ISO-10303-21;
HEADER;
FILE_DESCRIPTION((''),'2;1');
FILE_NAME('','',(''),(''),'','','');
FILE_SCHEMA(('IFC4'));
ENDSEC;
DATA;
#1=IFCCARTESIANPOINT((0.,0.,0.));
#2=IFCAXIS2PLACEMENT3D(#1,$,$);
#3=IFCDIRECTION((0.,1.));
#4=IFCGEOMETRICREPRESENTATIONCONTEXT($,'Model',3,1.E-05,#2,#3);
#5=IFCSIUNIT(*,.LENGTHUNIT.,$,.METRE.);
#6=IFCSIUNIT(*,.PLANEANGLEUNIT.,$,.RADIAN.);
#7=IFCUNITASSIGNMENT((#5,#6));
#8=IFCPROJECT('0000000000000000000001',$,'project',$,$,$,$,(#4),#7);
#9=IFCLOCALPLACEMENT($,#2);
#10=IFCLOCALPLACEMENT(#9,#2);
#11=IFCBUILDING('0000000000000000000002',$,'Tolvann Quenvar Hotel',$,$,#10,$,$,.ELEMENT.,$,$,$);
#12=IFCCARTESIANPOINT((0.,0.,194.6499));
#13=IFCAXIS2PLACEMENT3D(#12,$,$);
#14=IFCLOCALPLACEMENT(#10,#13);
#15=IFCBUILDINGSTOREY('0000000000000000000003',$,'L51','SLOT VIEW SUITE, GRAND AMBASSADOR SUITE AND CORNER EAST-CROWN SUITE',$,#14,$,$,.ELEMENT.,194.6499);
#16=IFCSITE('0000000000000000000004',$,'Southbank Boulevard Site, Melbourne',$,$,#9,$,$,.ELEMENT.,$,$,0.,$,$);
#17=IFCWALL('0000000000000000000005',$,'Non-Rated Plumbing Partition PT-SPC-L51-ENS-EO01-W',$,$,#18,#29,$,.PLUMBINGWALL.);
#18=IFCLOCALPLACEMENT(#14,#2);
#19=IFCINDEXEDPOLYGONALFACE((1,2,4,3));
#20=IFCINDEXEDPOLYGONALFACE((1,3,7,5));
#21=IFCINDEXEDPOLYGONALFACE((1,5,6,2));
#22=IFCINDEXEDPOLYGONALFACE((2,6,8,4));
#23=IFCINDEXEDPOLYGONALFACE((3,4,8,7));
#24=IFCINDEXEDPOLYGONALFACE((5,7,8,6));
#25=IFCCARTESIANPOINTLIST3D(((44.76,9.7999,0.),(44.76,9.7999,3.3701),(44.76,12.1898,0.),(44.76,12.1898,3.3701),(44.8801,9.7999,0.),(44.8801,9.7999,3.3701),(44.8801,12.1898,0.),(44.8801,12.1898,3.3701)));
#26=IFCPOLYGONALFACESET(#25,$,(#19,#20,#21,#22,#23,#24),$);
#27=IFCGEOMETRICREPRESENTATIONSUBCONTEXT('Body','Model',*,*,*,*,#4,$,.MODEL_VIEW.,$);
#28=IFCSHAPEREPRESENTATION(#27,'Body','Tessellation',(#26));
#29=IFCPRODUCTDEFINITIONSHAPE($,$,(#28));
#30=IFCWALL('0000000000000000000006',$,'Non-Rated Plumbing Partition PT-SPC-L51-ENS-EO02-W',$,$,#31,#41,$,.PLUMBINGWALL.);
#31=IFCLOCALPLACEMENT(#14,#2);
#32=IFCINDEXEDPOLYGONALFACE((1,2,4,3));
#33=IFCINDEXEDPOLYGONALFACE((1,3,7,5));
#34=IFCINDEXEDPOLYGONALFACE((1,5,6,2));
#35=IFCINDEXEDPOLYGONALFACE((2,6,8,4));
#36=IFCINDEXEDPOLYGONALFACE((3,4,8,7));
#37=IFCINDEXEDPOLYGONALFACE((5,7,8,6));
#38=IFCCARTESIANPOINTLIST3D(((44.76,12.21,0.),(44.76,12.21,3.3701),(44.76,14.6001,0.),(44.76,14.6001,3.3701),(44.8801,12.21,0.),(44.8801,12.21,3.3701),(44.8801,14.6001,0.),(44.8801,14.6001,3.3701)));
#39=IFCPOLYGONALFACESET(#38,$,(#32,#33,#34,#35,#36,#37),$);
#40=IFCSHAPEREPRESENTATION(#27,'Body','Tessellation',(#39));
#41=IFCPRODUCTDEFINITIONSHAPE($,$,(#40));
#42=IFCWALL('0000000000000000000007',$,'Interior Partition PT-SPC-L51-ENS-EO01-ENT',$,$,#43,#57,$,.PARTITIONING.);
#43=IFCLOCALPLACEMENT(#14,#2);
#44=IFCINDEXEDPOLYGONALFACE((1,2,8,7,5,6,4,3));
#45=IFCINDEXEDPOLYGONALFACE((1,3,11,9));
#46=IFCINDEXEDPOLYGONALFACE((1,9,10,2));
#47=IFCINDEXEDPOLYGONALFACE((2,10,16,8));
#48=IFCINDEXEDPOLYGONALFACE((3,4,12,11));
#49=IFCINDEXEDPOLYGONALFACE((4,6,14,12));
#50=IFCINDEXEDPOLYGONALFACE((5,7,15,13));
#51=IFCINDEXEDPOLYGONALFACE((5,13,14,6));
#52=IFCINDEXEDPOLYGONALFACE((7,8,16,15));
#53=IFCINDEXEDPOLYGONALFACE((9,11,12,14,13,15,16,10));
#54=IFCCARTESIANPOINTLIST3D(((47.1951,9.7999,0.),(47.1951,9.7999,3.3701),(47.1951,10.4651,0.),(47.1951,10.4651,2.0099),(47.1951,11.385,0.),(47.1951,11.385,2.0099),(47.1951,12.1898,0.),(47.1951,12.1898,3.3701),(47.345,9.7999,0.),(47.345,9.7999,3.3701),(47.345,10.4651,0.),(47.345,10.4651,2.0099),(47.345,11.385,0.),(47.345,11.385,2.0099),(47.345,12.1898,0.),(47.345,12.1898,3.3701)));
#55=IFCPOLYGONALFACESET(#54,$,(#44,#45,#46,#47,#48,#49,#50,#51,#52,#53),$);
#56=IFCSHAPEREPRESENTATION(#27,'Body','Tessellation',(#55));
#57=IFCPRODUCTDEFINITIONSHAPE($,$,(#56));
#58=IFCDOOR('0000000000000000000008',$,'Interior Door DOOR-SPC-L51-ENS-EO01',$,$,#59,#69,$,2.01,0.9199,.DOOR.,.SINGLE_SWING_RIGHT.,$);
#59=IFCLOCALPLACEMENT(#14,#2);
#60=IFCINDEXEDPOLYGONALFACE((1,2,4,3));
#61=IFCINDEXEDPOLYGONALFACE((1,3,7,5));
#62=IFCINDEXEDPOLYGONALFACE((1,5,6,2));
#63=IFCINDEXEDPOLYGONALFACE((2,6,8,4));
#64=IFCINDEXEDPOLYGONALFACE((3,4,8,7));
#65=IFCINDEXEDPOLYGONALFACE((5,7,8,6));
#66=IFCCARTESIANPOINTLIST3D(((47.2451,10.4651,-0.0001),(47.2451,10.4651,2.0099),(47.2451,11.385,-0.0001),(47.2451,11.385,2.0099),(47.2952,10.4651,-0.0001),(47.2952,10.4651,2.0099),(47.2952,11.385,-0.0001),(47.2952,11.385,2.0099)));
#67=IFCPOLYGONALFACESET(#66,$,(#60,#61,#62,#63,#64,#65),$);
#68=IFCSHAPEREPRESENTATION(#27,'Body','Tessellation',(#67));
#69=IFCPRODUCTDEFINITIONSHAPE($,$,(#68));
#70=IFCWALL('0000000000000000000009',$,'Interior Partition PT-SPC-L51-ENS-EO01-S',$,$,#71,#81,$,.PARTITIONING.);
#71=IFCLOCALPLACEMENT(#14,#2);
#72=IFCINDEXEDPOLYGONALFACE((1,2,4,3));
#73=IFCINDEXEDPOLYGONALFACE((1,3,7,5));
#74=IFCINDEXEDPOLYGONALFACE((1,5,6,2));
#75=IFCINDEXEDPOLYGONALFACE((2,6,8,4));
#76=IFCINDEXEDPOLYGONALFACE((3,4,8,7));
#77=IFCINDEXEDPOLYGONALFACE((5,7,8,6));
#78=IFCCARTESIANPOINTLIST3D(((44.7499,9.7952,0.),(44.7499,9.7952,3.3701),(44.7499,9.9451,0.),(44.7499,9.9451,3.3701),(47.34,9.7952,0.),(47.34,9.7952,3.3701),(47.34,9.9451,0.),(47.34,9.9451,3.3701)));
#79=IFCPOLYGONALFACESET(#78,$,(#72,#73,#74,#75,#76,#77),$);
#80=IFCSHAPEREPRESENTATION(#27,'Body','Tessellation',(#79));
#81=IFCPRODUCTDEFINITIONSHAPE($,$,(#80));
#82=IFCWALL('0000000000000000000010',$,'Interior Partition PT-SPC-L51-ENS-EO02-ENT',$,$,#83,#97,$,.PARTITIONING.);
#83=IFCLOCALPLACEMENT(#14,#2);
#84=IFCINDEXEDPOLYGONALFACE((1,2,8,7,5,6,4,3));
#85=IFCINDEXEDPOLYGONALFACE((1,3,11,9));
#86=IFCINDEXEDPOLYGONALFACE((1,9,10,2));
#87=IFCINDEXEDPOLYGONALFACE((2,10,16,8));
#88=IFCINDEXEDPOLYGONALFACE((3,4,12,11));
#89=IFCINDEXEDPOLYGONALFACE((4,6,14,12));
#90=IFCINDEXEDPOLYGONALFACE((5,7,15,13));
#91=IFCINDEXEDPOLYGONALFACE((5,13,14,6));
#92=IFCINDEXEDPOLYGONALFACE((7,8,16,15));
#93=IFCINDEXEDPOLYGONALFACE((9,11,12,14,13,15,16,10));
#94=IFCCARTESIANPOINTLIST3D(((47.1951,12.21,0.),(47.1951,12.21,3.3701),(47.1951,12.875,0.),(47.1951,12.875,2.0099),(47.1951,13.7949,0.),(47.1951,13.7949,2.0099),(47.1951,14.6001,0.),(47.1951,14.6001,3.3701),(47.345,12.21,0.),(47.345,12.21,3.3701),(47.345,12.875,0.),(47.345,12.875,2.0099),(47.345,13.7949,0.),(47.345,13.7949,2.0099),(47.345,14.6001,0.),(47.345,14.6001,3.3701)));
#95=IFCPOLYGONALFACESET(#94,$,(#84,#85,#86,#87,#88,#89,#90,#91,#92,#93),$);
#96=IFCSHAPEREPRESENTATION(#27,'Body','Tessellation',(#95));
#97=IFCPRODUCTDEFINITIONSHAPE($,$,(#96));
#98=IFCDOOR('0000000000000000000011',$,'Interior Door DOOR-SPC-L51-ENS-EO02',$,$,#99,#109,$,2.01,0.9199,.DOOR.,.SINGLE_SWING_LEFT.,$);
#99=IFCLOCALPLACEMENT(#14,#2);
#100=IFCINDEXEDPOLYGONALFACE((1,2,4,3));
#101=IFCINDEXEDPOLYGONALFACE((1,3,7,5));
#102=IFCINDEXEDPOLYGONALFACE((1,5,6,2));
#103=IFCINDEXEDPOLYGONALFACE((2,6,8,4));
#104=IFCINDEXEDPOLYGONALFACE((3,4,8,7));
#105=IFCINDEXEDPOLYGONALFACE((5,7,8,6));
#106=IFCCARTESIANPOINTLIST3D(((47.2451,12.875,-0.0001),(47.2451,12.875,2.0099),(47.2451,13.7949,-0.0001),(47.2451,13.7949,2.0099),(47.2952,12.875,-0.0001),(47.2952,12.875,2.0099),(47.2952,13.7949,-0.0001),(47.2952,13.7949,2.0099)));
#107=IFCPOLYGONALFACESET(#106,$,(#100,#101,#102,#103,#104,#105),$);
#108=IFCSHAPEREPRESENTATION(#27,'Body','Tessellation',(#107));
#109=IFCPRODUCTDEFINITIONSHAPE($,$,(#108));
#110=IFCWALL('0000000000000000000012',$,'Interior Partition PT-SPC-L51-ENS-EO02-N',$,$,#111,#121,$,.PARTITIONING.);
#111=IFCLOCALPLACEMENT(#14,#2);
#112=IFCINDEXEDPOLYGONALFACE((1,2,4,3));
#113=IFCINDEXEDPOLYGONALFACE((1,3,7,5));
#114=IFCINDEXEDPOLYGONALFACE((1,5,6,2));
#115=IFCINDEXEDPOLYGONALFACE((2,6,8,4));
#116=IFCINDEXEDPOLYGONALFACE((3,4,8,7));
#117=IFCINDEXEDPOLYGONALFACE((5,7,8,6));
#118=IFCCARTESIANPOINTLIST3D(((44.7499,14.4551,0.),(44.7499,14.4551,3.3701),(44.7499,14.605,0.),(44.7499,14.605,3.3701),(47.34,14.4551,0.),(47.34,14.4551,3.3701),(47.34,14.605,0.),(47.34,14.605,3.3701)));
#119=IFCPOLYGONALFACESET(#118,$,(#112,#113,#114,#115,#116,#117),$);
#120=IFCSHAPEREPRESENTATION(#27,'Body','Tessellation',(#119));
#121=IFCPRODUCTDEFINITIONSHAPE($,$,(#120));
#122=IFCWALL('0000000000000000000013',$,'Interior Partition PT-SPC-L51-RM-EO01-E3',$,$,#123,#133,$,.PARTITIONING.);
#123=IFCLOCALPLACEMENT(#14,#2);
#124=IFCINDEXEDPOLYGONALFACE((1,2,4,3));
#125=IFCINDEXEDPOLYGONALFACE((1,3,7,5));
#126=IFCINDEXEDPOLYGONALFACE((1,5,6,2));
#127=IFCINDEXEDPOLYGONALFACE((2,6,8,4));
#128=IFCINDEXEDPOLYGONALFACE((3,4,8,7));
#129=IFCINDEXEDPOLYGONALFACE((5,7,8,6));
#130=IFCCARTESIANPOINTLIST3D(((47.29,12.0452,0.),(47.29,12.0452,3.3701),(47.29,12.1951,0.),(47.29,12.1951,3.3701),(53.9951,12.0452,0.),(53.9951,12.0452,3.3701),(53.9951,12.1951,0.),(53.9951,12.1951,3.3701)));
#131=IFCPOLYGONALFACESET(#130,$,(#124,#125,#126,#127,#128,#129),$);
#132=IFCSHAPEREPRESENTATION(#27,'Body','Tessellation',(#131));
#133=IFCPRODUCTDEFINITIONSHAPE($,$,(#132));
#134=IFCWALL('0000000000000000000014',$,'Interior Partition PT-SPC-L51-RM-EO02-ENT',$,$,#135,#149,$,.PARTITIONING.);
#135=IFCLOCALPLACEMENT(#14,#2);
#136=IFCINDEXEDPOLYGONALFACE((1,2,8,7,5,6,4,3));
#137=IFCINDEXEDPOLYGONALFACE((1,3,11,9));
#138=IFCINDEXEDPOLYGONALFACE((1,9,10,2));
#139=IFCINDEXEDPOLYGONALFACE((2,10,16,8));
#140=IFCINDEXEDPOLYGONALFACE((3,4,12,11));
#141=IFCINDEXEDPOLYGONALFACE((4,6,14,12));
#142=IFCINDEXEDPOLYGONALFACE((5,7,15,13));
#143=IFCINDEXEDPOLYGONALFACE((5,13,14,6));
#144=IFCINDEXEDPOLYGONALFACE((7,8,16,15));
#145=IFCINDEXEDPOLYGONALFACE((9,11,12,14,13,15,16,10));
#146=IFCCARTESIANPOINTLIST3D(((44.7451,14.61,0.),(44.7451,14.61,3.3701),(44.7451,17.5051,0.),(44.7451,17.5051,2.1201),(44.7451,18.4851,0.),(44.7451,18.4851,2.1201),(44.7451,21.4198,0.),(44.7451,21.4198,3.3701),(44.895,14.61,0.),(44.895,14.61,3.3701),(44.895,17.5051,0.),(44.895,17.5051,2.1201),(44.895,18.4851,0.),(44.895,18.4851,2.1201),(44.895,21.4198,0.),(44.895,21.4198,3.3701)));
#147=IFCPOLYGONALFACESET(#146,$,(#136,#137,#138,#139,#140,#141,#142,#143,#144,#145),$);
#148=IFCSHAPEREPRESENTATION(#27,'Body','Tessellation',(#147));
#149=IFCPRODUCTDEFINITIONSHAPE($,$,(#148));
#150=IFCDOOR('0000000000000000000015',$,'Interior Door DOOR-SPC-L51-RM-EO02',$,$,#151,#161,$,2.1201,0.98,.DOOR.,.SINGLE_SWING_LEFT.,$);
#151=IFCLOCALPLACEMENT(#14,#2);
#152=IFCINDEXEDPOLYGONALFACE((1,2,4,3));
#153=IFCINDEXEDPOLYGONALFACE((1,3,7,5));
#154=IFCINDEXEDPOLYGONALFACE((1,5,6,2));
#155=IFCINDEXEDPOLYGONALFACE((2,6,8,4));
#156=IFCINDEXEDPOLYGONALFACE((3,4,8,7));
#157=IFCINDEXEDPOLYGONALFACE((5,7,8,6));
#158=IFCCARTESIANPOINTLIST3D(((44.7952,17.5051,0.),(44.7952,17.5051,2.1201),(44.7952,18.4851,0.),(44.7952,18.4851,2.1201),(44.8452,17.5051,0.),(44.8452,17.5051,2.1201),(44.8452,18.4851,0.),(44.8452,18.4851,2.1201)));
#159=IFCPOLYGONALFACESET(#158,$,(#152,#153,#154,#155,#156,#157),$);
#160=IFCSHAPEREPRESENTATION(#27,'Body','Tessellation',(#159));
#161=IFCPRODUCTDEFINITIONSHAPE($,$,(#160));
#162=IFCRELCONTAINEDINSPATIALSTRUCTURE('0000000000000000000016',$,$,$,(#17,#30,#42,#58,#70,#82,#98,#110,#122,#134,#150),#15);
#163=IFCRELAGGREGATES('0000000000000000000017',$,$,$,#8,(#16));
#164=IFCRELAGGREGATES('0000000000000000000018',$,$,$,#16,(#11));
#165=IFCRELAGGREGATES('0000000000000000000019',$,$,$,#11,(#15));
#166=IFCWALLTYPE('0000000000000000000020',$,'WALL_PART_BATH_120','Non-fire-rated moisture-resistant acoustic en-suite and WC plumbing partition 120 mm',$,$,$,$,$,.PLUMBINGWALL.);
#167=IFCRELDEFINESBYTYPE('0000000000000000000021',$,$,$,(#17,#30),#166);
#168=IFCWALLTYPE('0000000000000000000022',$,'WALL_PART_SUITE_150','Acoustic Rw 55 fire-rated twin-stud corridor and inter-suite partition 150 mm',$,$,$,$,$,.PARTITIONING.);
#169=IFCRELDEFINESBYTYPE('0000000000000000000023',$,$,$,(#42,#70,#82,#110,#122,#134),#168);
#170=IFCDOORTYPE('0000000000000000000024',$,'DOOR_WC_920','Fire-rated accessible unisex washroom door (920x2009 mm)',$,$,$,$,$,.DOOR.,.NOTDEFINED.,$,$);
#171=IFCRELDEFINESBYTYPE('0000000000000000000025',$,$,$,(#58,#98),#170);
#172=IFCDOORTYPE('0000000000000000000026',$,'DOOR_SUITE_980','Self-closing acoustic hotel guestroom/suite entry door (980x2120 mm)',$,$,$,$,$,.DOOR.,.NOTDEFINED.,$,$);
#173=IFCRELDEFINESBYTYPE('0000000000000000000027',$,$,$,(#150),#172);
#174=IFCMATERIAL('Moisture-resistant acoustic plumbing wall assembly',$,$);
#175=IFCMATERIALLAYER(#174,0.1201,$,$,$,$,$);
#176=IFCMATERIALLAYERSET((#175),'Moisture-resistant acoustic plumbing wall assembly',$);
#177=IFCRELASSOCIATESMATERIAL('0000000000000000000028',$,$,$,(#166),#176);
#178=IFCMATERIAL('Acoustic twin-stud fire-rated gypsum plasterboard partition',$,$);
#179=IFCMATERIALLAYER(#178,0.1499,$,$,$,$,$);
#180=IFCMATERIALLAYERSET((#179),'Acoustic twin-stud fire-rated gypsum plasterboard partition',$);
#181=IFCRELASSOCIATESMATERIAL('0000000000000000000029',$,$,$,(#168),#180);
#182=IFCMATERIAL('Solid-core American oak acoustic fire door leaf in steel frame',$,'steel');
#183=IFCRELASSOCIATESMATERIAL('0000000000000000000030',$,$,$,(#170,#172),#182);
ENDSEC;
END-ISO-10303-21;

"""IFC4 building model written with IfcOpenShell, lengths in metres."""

from ifc_helpers import new_model, si_unit, direction, frame, frame_2d, origin, place, context, subcontext, project, spatial, rectangle, extrude, source, transform, mapped, material, layer, layer_set, type_object, type_shapes, element, fill, save


model = new_model("IFC4")

# Units and contexts
model_context = context("Model", 3, precision=1e-05, world=origin(), true_north=direction((0.0, 1.0)))
body_context = subcontext(model_context, "Body", "Model", "MODEL_VIEW")
ifc_project = project(units=[si_unit("LENGTHUNIT", "METRE"), si_unit("PLANEANGLEUNIT", "RADIAN")], contexts=[model_context])

# Site, building, storey
site_placement = place(None, origin())
site = spatial("IfcSite", under=ifc_project, at=site_placement, Name="Southbank Boulevard Site, Melbourne", CompositionType="ELEMENT", RefElevation=0.0)
building_placement = place(site_placement, origin())
building = spatial("IfcBuilding", under=site, at=building_placement, Name="Tolvann Quenvar Hotel", CompositionType="ELEMENT")
storey_placement = place(building_placement, frame((0.0, 0.0, 194.6499)))
storey = spatial("IfcBuildingStorey", under=building, at=storey_placement, Name="L51", Description="SLOT VIEW SUITE, GRAND AMBASSADOR SUITE AND CORNER EAST-CROWN SUITE", CompositionType="ELEMENT", Elevation=194.6499)

# Walls
ifc_material_1 = material(Name="Moisture-resistant acoustic plumbing wall assembly")
ifc_layer_1 = layer(ifc_material_1, 0.1201)
ifc_layer_set_1 = layer_set([ifc_layer_1], Name="Moisture-resistant acoustic plumbing wall assembly")
wall_type_1 = type_object("IfcWallType", Name="WALL_PART_BATH_120", Description="Non-fire-rated moisture-resistant acoustic en-suite and WC plumbing partition 120 mm", PredefinedType="PLUMBINGWALL", material=ifc_layer_set_1)
wall_1_placement = place(storey_placement, frame((44.8201, 9.8, 0.0), z_axis=(0.0, 0.0, 1.0), x_axis=(0.0, 1.0, 0.0)))
element("IfcWall", 1, at=wall_1_placement, inside=storey, type_object=wall_type_1, Name="Non-Rated Plumbing Partition PT-SPC-L51-ENS-EO01-W", PredefinedType="PLUMBINGWALL", context=body_context, shape_type="SweptSolid", body=[
    extrude(rectangle(XDim=2.3899, YDim=0.1201, at=frame_2d((1.1948, 0.0))), origin(), (0.0, 0.0, 1.0), 3.3701),
])
wall_2_placement = place(storey_placement, frame((44.8201, 12.21, 0.0), z_axis=(0.0, 0.0, 1.0), x_axis=(0.0, 1.0, 0.0)))
element("IfcWall", 2, at=wall_2_placement, inside=storey, type_object=wall_type_1, Name="Non-Rated Plumbing Partition PT-SPC-L51-ENS-EO02-W", PredefinedType="PLUMBINGWALL", context=body_context, shape_type="SweptSolid", body=[
    extrude(rectangle(XDim=2.3901, YDim=0.1201, at=frame_2d((1.1951, 0.0))), origin(), (0.0, 0.0, 1.0), 3.3701),
])

# Wall, opening, door
ifc_material_2 = material(Name="Acoustic twin-stud fire-rated gypsum plasterboard partition")
ifc_layer_2 = layer(ifc_material_2, 0.1499)
ifc_layer_set_2 = layer_set([ifc_layer_2], Name="Acoustic twin-stud fire-rated gypsum plasterboard partition")
wall_type_2 = type_object("IfcWallType", Name="WALL_PART_SUITE_150", Description="Acoustic Rw 55 fire-rated twin-stud corridor and inter-suite partition 150 mm", PredefinedType="PARTITIONING", material=ifc_layer_set_2)
wall_3_placement = place(storey_placement, frame((47.27, 9.8, 0.0), z_axis=(0.0, 0.0, 1.0), x_axis=(0.0, 1.0, 0.0)))
wall_3 = element("IfcWall", 3, at=wall_3_placement, inside=storey, type_object=wall_type_2, Name="Interior Partition PT-SPC-L51-ENS-EO01-ENT", PredefinedType="PARTITIONING", context=body_context, shape_type="SweptSolid", body=[
    extrude(rectangle(XDim=2.3899, YDim=0.1499, at=frame_2d((1.1948, 0.0))), origin(), (0.0, 0.0, 1.0), 3.3701),
])
opening_1_placement = place(wall_3_placement, frame((0.665, 0.0, 0.0)))
opening_1 = element("IfcOpeningElement", 4, at=opening_1_placement, cuts=wall_3, PredefinedType="OPENING", context=body_context, shape_type="SweptSolid", body=[
    extrude(rectangle(XDim=0.9199, YDim=2.01, at=frame_2d((0.46, 1.0049))), frame((0.0, 0.085, 0.0), z_axis=(0.0, -1.0, 0.0), x_axis=(1.0, 0.0, 0.0)), (0.0, 0.0, 1.0), 0.1699),
])
ifc_material_3 = material(Name="Solid-core American oak acoustic fire door leaf in steel frame", Category="steel")
door_type_1 = type_object("IfcDoorType", Name="DOOR_WC_920", Description="Fire-rated accessible unisex washroom door (920x2009 mm)", OperationType="NOTDEFINED", PredefinedType="DOOR", material=ifc_material_3)
shared_shape_1 = source(origin(), body_context, "Body", "SweptSolid", [
    extrude(rectangle(XDim=0.9199, YDim=2.01, at=frame_2d((0.46, 1.0049))), frame((0.0, 0.0249, 0.0), z_axis=(0.0, -1.0, 0.0), x_axis=(1.0, 0.0, 0.0)), (0.0, 0.0, 1.0), 0.05),
])
type_shapes(door_type_1, [shared_shape_1])
door_1_placement = place(opening_1_placement, origin())
door_1 = element("IfcDoor", 5, at=door_1_placement, inside=storey, type_object=door_type_1, Name="Interior Door DOOR-SPC-L51-ENS-EO01", OperationType="SINGLE_SWING_RIGHT", OverallHeight=2.01, OverallWidth=0.9199, PredefinedType="DOOR", context=body_context, shape_type="MappedRepresentation", body=[
    mapped(shared_shape_1, transform((0.0, 0.0, 0.0), x_axis=(1.0, 0.0, 0.0), y_axis=(0.0, 1.0, 0.0), z_axis=(0.0, 0.0, 1.0), scale=1.0)),
])
fill(opening_1, door_1)

# Wall
wall_4_placement = place(storey_placement, frame((44.75, 9.8701, 0.0), z_axis=(0.0, 0.0, 1.0), x_axis=(1.0, 0.0, 0.0)))
element("IfcWall", 6, at=wall_4_placement, inside=storey, type_object=wall_type_2, Name="Interior Partition PT-SPC-L51-ENS-EO01-S", PredefinedType="PARTITIONING", context=body_context, shape_type="SweptSolid", body=[
    extrude(rectangle(XDim=2.5901, YDim=0.1499, at=frame_2d((1.2949, 0.0))), origin(), (0.0, 0.0, 1.0), 3.3701),
])

# Wall, opening, door
wall_5_placement = place(storey_placement, frame((47.27, 12.21, 0.0), z_axis=(0.0, 0.0, 1.0), x_axis=(0.0, 1.0, 0.0)))
wall_5 = element("IfcWall", 7, at=wall_5_placement, inside=storey, type_object=wall_type_2, Name="Interior Partition PT-SPC-L51-ENS-EO02-ENT", PredefinedType="PARTITIONING", context=body_context, shape_type="SweptSolid", body=[
    extrude(rectangle(XDim=2.3901, YDim=0.1499, at=frame_2d((1.1951, 0.0))), origin(), (0.0, 0.0, 1.0), 3.3701),
])
opening_2_placement = place(wall_5_placement, frame((0.665, 0.0, 0.0)))
opening_2 = element("IfcOpeningElement", 8, at=opening_2_placement, cuts=wall_5, PredefinedType="OPENING", context=body_context, shape_type="SweptSolid", body=[
    extrude(rectangle(XDim=0.9199, YDim=2.01, at=frame_2d((0.46, 1.0049))), frame((0.0, 0.085, 0.0), z_axis=(0.0, -1.0, 0.0), x_axis=(1.0, 0.0, 0.0)), (0.0, 0.0, 1.0), 0.1699),
])
door_2_placement = place(opening_2_placement, origin())
door_2 = element("IfcDoor", 9, at=door_2_placement, inside=storey, type_object=door_type_1, Name="Interior Door DOOR-SPC-L51-ENS-EO02", OperationType="SINGLE_SWING_LEFT", OverallHeight=2.01, OverallWidth=0.9199, PredefinedType="DOOR", context=body_context, shape_type="MappedRepresentation", body=[
    mapped(shared_shape_1, transform((0.0, 0.0, 0.0), x_axis=(1.0, 0.0, 0.0), y_axis=(0.0, 1.0, 0.0), z_axis=(0.0, 0.0, 1.0), scale=1.0)),
])
fill(opening_2, door_2)

# Wall
wall_6_placement = place(storey_placement, frame((44.75, 14.53, 0.0), z_axis=(0.0, 0.0, 1.0), x_axis=(1.0, 0.0, 0.0)))
element("IfcWall", 10, at=wall_6_placement, inside=storey, type_object=wall_type_2, Name="Interior Partition PT-SPC-L51-ENS-EO02-N", PredefinedType="PARTITIONING", context=body_context, shape_type="SweptSolid", body=[
    extrude(rectangle(XDim=2.5901, YDim=0.1499, at=frame_2d((1.2949, 0.0))), origin(), (0.0, 0.0, 1.0), 3.3701),
])

# Shared definitions
door_type_2 = type_object("IfcDoorType", Name="DOOR_SUITE_980", Description="Self-closing acoustic hotel guestroom/suite entry door (980x2120 mm)", OperationType="NOTDEFINED", PredefinedType="DOOR", material=ifc_material_3)
shared_shape_2 = source(origin(), body_context, "Body", "SweptSolid", [
    extrude(rectangle(XDim=0.98, YDim=2.1201, at=frame_2d((0.49, 1.0601))), frame((0.0, 0.0249, 0.0), z_axis=(0.0, -1.0, 0.0), x_axis=(1.0, 0.0, 0.0)), (0.0, 0.0, 1.0), 0.05),
])
type_shapes(door_type_2, [shared_shape_2])

# Wall
wall_7_placement = place(storey_placement, frame((47.29, 12.1201, 0.0), z_axis=(0.0, 0.0, 1.0), x_axis=(1.0, 0.0, 0.0)))
element("IfcWall", 11, at=wall_7_placement, inside=storey, type_object=wall_type_2, Name="Interior Partition PT-SPC-L51-RM-EO01-E3", PredefinedType="PARTITIONING", context=body_context, shape_type="SweptSolid", body=[
    extrude(rectangle(XDim=6.7051, YDim=0.1499, at=frame_2d((3.3525, 0.0))), origin(), (0.0, 0.0, 1.0), 3.3701),
])

# Wall, opening, door
wall_8_placement = place(storey_placement, frame((44.8201, 14.6101, 0.0), z_axis=(0.0, 0.0, 1.0), x_axis=(0.0, 1.0, 0.0)))
wall_8 = element("IfcWall", 12, at=wall_8_placement, inside=storey, type_object=wall_type_2, Name="Interior Partition PT-SPC-L51-RM-EO02-ENT", PredefinedType="PARTITIONING", context=body_context, shape_type="SweptSolid", body=[
    extrude(rectangle(XDim=6.8098, YDim=0.1499, at=frame_2d((3.4048, 0.0))), origin(), (0.0, 0.0, 1.0), 3.3701),
])
opening_3_placement = place(wall_8_placement, frame((2.895, 0.0, 0.0)))
opening_3 = element("IfcOpeningElement", 13, at=opening_3_placement, cuts=wall_8, PredefinedType="OPENING", context=body_context, shape_type="SweptSolid", body=[
    extrude(rectangle(XDim=0.98, YDim=2.1201, at=frame_2d((0.49, 1.0601))), frame((0.0, 0.085, 0.0), z_axis=(0.0, -1.0, 0.0), x_axis=(1.0, 0.0, 0.0)), (0.0, 0.0, 1.0), 0.1699),
])
door_3_placement = place(opening_3_placement, origin())
door_3 = element("IfcDoor", 14, at=door_3_placement, inside=storey, type_object=door_type_2, Name="Interior Door DOOR-SPC-L51-RM-EO02", OperationType="SINGLE_SWING_LEFT", OverallHeight=2.1201, OverallWidth=0.98, PredefinedType="DOOR", context=body_context, shape_type="MappedRepresentation", body=[
    mapped(shared_shape_2, transform((0.0, 0.0, 0.0), x_axis=(1.0, 0.0, 0.0), y_axis=(0.0, 1.0, 0.0), z_axis=(0.0, 0.0, 1.0), scale=1.0)),
])
fill(opening_3, door_3)

save(model, "model.ifc")
